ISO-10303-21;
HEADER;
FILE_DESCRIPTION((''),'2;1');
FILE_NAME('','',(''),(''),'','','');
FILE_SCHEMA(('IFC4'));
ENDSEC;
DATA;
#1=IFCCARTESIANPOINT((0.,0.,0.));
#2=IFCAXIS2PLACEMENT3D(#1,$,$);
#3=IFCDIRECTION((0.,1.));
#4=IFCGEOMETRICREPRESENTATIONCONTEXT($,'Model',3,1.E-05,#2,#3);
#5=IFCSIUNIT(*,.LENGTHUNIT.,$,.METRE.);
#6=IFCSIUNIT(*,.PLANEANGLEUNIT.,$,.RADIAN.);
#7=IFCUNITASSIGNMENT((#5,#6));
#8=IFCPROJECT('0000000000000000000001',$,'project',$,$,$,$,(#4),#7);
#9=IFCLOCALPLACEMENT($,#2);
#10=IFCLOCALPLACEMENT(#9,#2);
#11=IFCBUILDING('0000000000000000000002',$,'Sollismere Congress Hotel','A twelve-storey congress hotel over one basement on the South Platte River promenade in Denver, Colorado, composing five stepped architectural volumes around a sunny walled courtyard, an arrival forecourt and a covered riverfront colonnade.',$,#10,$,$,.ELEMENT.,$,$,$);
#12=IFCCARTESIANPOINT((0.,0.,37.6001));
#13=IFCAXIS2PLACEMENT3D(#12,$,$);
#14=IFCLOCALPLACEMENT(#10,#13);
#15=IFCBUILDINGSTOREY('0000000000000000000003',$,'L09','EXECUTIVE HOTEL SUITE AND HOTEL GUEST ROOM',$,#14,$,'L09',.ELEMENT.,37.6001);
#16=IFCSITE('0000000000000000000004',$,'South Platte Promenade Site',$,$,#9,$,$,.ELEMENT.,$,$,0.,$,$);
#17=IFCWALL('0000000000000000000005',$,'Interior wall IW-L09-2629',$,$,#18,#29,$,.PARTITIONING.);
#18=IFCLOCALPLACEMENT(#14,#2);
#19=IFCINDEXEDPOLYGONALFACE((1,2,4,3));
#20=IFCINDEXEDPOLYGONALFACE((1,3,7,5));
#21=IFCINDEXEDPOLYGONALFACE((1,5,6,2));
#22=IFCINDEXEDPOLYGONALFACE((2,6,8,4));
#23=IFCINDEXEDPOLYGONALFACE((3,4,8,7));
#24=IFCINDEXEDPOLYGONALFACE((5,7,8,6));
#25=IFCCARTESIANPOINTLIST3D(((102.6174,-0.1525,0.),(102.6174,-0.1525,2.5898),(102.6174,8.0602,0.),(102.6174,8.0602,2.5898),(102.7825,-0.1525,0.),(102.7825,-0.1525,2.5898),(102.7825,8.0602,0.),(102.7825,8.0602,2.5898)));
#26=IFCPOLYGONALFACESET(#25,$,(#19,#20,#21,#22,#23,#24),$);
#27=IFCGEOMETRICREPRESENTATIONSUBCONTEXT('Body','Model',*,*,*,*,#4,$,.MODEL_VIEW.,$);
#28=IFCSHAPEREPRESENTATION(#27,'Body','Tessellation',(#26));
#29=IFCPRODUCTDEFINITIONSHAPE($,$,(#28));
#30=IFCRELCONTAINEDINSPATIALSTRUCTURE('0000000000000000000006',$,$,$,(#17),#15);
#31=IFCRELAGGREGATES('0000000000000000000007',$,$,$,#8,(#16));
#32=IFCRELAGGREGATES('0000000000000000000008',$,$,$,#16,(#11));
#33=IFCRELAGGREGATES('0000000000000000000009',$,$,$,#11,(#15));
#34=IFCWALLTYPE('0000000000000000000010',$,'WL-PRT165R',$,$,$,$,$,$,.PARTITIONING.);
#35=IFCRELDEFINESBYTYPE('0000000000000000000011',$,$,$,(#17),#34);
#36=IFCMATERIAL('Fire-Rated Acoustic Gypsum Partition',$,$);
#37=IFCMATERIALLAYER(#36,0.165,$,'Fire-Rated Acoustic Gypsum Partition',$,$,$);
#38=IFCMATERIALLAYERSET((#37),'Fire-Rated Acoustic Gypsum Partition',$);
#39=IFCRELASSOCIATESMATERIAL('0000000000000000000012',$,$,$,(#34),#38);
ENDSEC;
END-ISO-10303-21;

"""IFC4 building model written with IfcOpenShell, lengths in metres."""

from ifc_helpers import new_model, si_unit, direction, frame, frame_2d, origin, place, context, subcontext, project, spatial, rectangle, extrude, material, layer, layer_set, type_object, element, save


model = new_model("IFC4")

# Units and contexts
model_context = context("Model", 3, precision=1e-05, world=origin(), true_north=direction((0.0, 1.0)))
body_context = subcontext(model_context, "Body", "Model", "MODEL_VIEW")
ifc_project = project(units=[si_unit("LENGTHUNIT", "METRE"), si_unit("PLANEANGLEUNIT", "RADIAN")], contexts=[model_context])

# Site, building, storey
site_placement = place(None, origin())
site = spatial("IfcSite", under=ifc_project, at=site_placement, Name="South Platte Promenade Site", CompositionType="ELEMENT", RefElevation=0.0)
building_placement = place(site_placement, origin())
building = spatial("IfcBuilding", under=site, at=building_placement, Name="Sollismere Congress Hotel", Description="A twelve-storey congress hotel over one basement on the South Platte River promenade in Denver, Colorado, composing five stepped architectural volumes around a sunny walled courtyard, an arrival forecourt and a covered riverfront colonnade.", CompositionType="ELEMENT")
storey_placement = place(building_placement, frame((0.0, 0.0, 37.6001)))
storey = spatial("IfcBuildingStorey", under=building, at=storey_placement, Name="L09", Description="EXECUTIVE HOTEL SUITE AND HOTEL GUEST ROOM", LongName="L09", CompositionType="ELEMENT", Elevation=37.6001)

# Wall
ifc_material_1 = material(Name="Fire-Rated Acoustic Gypsum Partition")
ifc_layer_1 = layer(ifc_material_1, 0.165, Name="Fire-Rated Acoustic Gypsum Partition")
ifc_layer_set_1 = layer_set([ifc_layer_1], Name="Fire-Rated Acoustic Gypsum Partition")
wall_type_1 = type_object("IfcWallType", Name="WL-PRT165R", PredefinedType="PARTITIONING", material=ifc_layer_set_1)
wall_1_placement = place(storey_placement, frame((102.7, -0.1526, 0.0), z_axis=(0.0, 0.0, 1.0), x_axis=(0.0, 1.0, 0.0)))
element("IfcWall", 1, at=wall_1_placement, inside=storey, type_object=wall_type_1, Name="Interior wall IW-L09-2629", PredefinedType="PARTITIONING", context=body_context, shape_type="SweptSolid", body=[
    extrude(rectangle(XDim=8.2126, YDim=0.165, at=frame_2d((4.1064, 0.0))), origin(), (0.0, 0.0, 1.0), 2.5898),
])

save(model, "model.ifc")
